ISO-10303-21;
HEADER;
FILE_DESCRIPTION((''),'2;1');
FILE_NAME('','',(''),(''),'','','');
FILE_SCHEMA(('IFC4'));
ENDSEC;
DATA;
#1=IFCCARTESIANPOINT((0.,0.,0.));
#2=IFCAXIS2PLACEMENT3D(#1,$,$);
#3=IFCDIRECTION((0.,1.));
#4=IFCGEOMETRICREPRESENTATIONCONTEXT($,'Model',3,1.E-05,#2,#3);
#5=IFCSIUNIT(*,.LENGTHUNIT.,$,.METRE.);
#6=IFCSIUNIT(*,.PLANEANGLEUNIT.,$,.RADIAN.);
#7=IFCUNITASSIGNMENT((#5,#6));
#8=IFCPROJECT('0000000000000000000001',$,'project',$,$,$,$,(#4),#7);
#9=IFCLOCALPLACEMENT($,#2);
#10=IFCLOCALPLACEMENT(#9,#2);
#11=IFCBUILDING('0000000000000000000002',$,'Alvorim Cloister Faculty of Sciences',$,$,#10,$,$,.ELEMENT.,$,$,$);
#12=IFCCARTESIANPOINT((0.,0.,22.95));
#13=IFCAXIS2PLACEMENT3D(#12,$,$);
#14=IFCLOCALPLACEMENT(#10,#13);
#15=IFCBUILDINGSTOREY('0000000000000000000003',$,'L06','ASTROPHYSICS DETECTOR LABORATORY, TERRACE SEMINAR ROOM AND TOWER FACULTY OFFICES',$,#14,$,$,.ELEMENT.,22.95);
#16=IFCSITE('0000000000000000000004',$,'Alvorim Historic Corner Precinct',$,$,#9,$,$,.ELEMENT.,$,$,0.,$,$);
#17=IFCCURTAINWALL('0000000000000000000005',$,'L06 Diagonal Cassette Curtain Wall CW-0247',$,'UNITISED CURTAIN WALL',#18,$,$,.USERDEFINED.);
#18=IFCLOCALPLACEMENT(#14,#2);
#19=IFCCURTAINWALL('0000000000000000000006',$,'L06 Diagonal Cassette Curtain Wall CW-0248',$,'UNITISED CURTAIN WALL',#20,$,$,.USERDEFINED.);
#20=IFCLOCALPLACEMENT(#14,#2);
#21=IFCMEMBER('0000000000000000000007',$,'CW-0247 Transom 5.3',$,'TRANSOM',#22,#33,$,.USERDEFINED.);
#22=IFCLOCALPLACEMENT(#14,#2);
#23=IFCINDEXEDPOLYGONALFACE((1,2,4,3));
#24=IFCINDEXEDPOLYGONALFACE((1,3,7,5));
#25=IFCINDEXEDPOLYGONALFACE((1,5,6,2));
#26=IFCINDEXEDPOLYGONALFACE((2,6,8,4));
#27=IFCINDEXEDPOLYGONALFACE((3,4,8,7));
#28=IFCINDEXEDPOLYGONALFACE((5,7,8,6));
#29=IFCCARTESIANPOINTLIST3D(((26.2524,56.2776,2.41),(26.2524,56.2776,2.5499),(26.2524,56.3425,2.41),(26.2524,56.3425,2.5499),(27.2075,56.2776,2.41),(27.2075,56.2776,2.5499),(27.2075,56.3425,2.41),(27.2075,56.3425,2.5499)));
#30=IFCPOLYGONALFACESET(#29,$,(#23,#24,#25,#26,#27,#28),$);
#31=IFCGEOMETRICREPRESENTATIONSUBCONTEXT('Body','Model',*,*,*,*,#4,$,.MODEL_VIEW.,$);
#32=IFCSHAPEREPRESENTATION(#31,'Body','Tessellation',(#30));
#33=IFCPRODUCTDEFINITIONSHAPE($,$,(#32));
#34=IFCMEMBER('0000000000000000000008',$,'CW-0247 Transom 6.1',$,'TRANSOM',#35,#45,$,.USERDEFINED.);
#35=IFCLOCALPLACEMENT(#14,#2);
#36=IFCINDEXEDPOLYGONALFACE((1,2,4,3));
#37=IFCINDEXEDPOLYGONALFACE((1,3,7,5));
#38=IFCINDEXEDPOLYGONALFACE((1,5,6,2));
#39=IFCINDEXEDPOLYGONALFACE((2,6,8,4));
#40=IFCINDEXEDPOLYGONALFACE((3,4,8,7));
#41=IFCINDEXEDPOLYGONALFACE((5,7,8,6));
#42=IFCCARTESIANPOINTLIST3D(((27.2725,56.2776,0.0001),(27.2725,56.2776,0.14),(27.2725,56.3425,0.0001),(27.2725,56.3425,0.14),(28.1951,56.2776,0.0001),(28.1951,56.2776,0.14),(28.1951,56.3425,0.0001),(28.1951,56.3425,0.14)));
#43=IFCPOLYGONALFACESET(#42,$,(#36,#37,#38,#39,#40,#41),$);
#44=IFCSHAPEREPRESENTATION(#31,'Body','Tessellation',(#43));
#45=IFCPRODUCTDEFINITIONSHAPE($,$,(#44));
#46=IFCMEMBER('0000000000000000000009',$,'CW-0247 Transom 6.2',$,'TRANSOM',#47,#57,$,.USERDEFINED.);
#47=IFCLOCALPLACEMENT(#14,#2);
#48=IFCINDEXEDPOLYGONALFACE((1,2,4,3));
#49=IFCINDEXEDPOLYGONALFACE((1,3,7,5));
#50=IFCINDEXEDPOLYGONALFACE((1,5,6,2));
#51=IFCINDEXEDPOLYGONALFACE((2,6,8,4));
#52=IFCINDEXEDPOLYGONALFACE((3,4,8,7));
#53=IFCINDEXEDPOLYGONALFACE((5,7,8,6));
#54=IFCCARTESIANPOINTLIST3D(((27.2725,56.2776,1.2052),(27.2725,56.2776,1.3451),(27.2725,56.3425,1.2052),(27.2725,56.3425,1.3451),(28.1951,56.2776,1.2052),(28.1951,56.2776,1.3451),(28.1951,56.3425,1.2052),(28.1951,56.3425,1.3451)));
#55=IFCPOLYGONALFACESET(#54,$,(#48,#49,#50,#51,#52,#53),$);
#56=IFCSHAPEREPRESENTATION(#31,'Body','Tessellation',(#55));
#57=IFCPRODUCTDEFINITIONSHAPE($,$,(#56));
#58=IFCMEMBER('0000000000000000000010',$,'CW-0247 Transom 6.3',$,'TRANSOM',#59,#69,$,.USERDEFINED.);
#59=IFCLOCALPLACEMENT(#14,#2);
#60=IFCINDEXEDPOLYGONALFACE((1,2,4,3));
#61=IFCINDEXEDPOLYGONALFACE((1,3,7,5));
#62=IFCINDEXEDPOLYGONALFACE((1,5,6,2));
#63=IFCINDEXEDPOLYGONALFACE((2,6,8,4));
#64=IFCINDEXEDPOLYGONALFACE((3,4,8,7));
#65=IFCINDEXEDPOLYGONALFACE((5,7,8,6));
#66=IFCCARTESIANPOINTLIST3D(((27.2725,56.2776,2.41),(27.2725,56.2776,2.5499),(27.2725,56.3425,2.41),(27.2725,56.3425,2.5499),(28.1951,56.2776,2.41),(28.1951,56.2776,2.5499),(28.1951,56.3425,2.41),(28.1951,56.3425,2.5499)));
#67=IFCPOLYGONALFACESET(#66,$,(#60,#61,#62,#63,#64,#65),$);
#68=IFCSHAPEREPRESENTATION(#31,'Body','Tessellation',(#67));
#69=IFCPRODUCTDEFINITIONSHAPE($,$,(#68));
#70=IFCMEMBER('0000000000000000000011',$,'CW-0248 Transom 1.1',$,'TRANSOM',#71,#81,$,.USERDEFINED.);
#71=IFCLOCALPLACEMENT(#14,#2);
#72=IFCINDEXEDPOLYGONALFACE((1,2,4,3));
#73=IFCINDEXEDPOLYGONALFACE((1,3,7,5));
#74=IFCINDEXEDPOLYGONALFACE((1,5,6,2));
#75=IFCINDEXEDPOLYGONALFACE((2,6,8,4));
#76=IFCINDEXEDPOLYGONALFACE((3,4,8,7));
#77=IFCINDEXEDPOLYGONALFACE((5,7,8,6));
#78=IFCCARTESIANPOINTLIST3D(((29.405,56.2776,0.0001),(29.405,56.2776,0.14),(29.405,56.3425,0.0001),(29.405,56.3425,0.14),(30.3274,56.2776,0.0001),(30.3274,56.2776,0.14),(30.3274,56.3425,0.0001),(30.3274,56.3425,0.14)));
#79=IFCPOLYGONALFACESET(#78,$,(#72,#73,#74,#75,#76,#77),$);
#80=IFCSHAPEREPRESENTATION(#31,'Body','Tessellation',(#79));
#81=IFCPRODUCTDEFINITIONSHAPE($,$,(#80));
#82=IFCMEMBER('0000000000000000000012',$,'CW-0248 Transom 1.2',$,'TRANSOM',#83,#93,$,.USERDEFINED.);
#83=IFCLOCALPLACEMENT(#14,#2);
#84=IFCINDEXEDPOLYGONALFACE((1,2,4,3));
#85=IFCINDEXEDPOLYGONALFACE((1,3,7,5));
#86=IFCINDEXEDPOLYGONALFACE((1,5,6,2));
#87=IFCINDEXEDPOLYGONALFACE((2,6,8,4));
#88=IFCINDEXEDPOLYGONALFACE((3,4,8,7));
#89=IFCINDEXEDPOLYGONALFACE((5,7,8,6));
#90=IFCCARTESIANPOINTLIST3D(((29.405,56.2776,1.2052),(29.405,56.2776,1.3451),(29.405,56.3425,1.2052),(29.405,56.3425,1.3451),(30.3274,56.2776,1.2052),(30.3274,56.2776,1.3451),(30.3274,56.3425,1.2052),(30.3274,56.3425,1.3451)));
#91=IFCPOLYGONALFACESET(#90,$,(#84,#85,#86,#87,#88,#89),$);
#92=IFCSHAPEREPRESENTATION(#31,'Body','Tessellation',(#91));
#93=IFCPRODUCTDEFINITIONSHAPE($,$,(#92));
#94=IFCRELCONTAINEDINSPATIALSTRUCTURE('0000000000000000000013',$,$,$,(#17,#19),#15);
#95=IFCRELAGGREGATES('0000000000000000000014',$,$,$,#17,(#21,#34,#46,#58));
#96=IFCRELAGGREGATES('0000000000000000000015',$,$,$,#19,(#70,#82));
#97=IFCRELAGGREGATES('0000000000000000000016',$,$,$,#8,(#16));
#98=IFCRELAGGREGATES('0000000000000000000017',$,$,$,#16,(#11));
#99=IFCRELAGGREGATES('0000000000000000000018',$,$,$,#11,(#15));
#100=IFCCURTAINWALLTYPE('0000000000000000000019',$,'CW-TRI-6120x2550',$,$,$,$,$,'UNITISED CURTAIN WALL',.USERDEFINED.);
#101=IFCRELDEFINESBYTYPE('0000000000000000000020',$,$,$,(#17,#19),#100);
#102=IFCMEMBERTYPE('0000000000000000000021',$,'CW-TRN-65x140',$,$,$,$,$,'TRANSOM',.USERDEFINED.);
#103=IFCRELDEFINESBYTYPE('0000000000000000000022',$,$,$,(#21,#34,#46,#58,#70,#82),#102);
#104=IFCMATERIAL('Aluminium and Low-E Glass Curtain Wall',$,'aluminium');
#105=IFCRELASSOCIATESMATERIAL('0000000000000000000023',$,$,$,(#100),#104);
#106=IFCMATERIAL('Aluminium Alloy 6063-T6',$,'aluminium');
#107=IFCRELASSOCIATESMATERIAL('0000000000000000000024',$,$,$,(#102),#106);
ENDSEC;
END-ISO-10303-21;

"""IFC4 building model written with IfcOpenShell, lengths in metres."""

from ifc_helpers import new_model, si_unit, direction, frame, origin, origin_2d, place, context, subcontext, project, spatial, rectangle, extrude, material, material_profile, profile_set, type_object, element, aggregate, save


model = new_model("IFC4")

# Units and contexts
model_context = context("Model", 3, precision=1e-05, world=origin(), true_north=direction((0.0, 1.0)))
body_context = subcontext(model_context, "Body", "Model", "MODEL_VIEW")
ifc_project = project(units=[si_unit("LENGTHUNIT", "METRE"), si_unit("PLANEANGLEUNIT", "RADIAN")], contexts=[model_context])

# Site, building, storey
site_placement = place(None, origin())
site = spatial("IfcSite", under=ifc_project, at=site_placement, Name="Alvorim Historic Corner Precinct", CompositionType="ELEMENT", RefElevation=0.0)
building_placement = place(site_placement, origin())
building = spatial("IfcBuilding", under=site, at=building_placement, Name="Alvorim Cloister Faculty of Sciences", CompositionType="ELEMENT")
storey_placement = place(building_placement, frame((0.0, 0.0, 22.95)))
storey = spatial("IfcBuildingStorey", under=building, at=storey_placement, Name="L06", Description="ASTROPHYSICS DETECTOR LABORATORY, TERRACE SEMINAR ROOM AND TOWER FACULTY OFFICES", CompositionType="ELEMENT", Elevation=22.95)

# Curtain wall
ifc_material_1 = material(Name="Aluminium and Low-E Glass Curtain Wall", Category="aluminium")
curtain_wall_type = type_object("IfcCurtainWallType", Name="CW-TRI-6120x2550", ElementType="UNITISED CURTAIN WALL", PredefinedType="USERDEFINED", material=ifc_material_1)
curtain_wall_1_placement = place(storey_placement, origin())
curtain_wall_1 = element("IfcCurtainWall", 1, at=curtain_wall_1_placement, inside=storey, type_object=curtain_wall_type, Name="L06 Diagonal Cassette Curtain Wall CW-0247", ObjectType="UNITISED CURTAIN WALL", PredefinedType="USERDEFINED")
ifc_material_2 = material(Name="Aluminium Alloy 6063-T6", Category="aluminium")

# Curtain wall
curtain_wall_2_placement = place(storey_placement, origin())
curtain_wall_2 = element("IfcCurtainWall", 2, at=curtain_wall_2_placement, inside=storey, type_object=curtain_wall_type, Name="L06 Diagonal Cassette Curtain Wall CW-0248", ObjectType="UNITISED CURTAIN WALL", PredefinedType="USERDEFINED")

# Members
ifc_material_profile_1 = material_profile(ifc_material_2, rectangle(XDim=0.0649, YDim=0.1399, at=origin_2d()), Name="ALU-TRN-65x140")
ifc_profile_set_1 = profile_set([ifc_material_profile_1], Name="Aluminium Alloy 6063-T6")
member_type_1 = type_object("IfcMemberType", Name="CW-TRN-65x140", ElementType="TRANSOM", PredefinedType="USERDEFINED", material=ifc_profile_set_1)
member_1_placement = place(storey_placement, frame((26.2524, 56.3101, 2.48), z_axis=(1.0, 0.0, 0.0), x_axis=(0.0, 1.0, 0.0)))
member_1 = element("IfcMember", 3, at=member_1_placement, type_object=member_type_1, Name="CW-0247 Transom 5.3", ObjectType="TRANSOM", PredefinedType="USERDEFINED", context=body_context, shape_type="SweptSolid", body=[
    extrude(rectangle(XDim=0.0649, YDim=0.1399, at=origin_2d()), origin(), (0.0, 0.0, 1.0), 0.9551),
])
member_2_placement = place(storey_placement, frame((27.2725, 56.3101, 0.0701), z_axis=(1.0, 0.0, 0.0), x_axis=(0.0, 1.0, 0.0)))
member_2 = element("IfcMember", 4, at=member_2_placement, type_object=member_type_1, Name="CW-0247 Transom 6.1", ObjectType="TRANSOM", PredefinedType="USERDEFINED", context=body_context, shape_type="SweptSolid", body=[
    extrude(rectangle(XDim=0.0649, YDim=0.1399, at=origin_2d()), origin(), (0.0, 0.0, 1.0), 0.9226),
])
member_3_placement = place(storey_placement, frame((27.2725, 56.3101, 1.2751), z_axis=(1.0, 0.0, 0.0), x_axis=(0.0, 1.0, 0.0)))
member_3 = element("IfcMember", 5, at=member_3_placement, type_object=member_type_1, Name="CW-0247 Transom 6.2", ObjectType="TRANSOM", PredefinedType="USERDEFINED", context=body_context, shape_type="SweptSolid", body=[
    extrude(rectangle(XDim=0.0649, YDim=0.1399, at=origin_2d()), origin(), (0.0, 0.0, 1.0), 0.9226),
])
member_4_placement = place(storey_placement, frame((27.2725, 56.3101, 2.48), z_axis=(1.0, 0.0, 0.0), x_axis=(0.0, 1.0, 0.0)))
member_4 = element("IfcMember", 6, at=member_4_placement, type_object=member_type_1, Name="CW-0247 Transom 6.3", ObjectType="TRANSOM", PredefinedType="USERDEFINED", context=body_context, shape_type="SweptSolid", body=[
    extrude(rectangle(XDim=0.0649, YDim=0.1399, at=origin_2d()), origin(), (0.0, 0.0, 1.0), 0.9226),
])
aggregate(curtain_wall_1, [member_1, member_2, member_3, member_4])
member_5_placement = place(storey_placement, frame((29.405, 56.3101, 0.0701), z_axis=(1.0, 0.0, 0.0), x_axis=(0.0, 1.0, 0.0)))
member_5 = element("IfcMember", 7, at=member_5_placement, type_object=member_type_1, Name="CW-0248 Transom 1.1", ObjectType="TRANSOM", PredefinedType="USERDEFINED", context=body_context, shape_type="SweptSolid", body=[
    extrude(rectangle(XDim=0.0649, YDim=0.1399, at=origin_2d()), origin(), (0.0, 0.0, 1.0), 0.9224),
])
member_6_placement = place(storey_placement, frame((29.405, 56.3101, 1.2751), z_axis=(1.0, 0.0, 0.0), x_axis=(0.0, 1.0, 0.0)))
member_6 = element("IfcMember", 8, at=member_6_placement, type_object=member_type_1, Name="CW-0248 Transom 1.2", ObjectType="TRANSOM", PredefinedType="USERDEFINED", context=body_context, shape_type="SweptSolid", body=[
    extrude(rectangle(XDim=0.0649, YDim=0.1399, at=origin_2d()), origin(), (0.0, 0.0, 1.0), 0.9224),
])
aggregate(curtain_wall_2, [member_5, member_6])

save(model, "model.ifc")
